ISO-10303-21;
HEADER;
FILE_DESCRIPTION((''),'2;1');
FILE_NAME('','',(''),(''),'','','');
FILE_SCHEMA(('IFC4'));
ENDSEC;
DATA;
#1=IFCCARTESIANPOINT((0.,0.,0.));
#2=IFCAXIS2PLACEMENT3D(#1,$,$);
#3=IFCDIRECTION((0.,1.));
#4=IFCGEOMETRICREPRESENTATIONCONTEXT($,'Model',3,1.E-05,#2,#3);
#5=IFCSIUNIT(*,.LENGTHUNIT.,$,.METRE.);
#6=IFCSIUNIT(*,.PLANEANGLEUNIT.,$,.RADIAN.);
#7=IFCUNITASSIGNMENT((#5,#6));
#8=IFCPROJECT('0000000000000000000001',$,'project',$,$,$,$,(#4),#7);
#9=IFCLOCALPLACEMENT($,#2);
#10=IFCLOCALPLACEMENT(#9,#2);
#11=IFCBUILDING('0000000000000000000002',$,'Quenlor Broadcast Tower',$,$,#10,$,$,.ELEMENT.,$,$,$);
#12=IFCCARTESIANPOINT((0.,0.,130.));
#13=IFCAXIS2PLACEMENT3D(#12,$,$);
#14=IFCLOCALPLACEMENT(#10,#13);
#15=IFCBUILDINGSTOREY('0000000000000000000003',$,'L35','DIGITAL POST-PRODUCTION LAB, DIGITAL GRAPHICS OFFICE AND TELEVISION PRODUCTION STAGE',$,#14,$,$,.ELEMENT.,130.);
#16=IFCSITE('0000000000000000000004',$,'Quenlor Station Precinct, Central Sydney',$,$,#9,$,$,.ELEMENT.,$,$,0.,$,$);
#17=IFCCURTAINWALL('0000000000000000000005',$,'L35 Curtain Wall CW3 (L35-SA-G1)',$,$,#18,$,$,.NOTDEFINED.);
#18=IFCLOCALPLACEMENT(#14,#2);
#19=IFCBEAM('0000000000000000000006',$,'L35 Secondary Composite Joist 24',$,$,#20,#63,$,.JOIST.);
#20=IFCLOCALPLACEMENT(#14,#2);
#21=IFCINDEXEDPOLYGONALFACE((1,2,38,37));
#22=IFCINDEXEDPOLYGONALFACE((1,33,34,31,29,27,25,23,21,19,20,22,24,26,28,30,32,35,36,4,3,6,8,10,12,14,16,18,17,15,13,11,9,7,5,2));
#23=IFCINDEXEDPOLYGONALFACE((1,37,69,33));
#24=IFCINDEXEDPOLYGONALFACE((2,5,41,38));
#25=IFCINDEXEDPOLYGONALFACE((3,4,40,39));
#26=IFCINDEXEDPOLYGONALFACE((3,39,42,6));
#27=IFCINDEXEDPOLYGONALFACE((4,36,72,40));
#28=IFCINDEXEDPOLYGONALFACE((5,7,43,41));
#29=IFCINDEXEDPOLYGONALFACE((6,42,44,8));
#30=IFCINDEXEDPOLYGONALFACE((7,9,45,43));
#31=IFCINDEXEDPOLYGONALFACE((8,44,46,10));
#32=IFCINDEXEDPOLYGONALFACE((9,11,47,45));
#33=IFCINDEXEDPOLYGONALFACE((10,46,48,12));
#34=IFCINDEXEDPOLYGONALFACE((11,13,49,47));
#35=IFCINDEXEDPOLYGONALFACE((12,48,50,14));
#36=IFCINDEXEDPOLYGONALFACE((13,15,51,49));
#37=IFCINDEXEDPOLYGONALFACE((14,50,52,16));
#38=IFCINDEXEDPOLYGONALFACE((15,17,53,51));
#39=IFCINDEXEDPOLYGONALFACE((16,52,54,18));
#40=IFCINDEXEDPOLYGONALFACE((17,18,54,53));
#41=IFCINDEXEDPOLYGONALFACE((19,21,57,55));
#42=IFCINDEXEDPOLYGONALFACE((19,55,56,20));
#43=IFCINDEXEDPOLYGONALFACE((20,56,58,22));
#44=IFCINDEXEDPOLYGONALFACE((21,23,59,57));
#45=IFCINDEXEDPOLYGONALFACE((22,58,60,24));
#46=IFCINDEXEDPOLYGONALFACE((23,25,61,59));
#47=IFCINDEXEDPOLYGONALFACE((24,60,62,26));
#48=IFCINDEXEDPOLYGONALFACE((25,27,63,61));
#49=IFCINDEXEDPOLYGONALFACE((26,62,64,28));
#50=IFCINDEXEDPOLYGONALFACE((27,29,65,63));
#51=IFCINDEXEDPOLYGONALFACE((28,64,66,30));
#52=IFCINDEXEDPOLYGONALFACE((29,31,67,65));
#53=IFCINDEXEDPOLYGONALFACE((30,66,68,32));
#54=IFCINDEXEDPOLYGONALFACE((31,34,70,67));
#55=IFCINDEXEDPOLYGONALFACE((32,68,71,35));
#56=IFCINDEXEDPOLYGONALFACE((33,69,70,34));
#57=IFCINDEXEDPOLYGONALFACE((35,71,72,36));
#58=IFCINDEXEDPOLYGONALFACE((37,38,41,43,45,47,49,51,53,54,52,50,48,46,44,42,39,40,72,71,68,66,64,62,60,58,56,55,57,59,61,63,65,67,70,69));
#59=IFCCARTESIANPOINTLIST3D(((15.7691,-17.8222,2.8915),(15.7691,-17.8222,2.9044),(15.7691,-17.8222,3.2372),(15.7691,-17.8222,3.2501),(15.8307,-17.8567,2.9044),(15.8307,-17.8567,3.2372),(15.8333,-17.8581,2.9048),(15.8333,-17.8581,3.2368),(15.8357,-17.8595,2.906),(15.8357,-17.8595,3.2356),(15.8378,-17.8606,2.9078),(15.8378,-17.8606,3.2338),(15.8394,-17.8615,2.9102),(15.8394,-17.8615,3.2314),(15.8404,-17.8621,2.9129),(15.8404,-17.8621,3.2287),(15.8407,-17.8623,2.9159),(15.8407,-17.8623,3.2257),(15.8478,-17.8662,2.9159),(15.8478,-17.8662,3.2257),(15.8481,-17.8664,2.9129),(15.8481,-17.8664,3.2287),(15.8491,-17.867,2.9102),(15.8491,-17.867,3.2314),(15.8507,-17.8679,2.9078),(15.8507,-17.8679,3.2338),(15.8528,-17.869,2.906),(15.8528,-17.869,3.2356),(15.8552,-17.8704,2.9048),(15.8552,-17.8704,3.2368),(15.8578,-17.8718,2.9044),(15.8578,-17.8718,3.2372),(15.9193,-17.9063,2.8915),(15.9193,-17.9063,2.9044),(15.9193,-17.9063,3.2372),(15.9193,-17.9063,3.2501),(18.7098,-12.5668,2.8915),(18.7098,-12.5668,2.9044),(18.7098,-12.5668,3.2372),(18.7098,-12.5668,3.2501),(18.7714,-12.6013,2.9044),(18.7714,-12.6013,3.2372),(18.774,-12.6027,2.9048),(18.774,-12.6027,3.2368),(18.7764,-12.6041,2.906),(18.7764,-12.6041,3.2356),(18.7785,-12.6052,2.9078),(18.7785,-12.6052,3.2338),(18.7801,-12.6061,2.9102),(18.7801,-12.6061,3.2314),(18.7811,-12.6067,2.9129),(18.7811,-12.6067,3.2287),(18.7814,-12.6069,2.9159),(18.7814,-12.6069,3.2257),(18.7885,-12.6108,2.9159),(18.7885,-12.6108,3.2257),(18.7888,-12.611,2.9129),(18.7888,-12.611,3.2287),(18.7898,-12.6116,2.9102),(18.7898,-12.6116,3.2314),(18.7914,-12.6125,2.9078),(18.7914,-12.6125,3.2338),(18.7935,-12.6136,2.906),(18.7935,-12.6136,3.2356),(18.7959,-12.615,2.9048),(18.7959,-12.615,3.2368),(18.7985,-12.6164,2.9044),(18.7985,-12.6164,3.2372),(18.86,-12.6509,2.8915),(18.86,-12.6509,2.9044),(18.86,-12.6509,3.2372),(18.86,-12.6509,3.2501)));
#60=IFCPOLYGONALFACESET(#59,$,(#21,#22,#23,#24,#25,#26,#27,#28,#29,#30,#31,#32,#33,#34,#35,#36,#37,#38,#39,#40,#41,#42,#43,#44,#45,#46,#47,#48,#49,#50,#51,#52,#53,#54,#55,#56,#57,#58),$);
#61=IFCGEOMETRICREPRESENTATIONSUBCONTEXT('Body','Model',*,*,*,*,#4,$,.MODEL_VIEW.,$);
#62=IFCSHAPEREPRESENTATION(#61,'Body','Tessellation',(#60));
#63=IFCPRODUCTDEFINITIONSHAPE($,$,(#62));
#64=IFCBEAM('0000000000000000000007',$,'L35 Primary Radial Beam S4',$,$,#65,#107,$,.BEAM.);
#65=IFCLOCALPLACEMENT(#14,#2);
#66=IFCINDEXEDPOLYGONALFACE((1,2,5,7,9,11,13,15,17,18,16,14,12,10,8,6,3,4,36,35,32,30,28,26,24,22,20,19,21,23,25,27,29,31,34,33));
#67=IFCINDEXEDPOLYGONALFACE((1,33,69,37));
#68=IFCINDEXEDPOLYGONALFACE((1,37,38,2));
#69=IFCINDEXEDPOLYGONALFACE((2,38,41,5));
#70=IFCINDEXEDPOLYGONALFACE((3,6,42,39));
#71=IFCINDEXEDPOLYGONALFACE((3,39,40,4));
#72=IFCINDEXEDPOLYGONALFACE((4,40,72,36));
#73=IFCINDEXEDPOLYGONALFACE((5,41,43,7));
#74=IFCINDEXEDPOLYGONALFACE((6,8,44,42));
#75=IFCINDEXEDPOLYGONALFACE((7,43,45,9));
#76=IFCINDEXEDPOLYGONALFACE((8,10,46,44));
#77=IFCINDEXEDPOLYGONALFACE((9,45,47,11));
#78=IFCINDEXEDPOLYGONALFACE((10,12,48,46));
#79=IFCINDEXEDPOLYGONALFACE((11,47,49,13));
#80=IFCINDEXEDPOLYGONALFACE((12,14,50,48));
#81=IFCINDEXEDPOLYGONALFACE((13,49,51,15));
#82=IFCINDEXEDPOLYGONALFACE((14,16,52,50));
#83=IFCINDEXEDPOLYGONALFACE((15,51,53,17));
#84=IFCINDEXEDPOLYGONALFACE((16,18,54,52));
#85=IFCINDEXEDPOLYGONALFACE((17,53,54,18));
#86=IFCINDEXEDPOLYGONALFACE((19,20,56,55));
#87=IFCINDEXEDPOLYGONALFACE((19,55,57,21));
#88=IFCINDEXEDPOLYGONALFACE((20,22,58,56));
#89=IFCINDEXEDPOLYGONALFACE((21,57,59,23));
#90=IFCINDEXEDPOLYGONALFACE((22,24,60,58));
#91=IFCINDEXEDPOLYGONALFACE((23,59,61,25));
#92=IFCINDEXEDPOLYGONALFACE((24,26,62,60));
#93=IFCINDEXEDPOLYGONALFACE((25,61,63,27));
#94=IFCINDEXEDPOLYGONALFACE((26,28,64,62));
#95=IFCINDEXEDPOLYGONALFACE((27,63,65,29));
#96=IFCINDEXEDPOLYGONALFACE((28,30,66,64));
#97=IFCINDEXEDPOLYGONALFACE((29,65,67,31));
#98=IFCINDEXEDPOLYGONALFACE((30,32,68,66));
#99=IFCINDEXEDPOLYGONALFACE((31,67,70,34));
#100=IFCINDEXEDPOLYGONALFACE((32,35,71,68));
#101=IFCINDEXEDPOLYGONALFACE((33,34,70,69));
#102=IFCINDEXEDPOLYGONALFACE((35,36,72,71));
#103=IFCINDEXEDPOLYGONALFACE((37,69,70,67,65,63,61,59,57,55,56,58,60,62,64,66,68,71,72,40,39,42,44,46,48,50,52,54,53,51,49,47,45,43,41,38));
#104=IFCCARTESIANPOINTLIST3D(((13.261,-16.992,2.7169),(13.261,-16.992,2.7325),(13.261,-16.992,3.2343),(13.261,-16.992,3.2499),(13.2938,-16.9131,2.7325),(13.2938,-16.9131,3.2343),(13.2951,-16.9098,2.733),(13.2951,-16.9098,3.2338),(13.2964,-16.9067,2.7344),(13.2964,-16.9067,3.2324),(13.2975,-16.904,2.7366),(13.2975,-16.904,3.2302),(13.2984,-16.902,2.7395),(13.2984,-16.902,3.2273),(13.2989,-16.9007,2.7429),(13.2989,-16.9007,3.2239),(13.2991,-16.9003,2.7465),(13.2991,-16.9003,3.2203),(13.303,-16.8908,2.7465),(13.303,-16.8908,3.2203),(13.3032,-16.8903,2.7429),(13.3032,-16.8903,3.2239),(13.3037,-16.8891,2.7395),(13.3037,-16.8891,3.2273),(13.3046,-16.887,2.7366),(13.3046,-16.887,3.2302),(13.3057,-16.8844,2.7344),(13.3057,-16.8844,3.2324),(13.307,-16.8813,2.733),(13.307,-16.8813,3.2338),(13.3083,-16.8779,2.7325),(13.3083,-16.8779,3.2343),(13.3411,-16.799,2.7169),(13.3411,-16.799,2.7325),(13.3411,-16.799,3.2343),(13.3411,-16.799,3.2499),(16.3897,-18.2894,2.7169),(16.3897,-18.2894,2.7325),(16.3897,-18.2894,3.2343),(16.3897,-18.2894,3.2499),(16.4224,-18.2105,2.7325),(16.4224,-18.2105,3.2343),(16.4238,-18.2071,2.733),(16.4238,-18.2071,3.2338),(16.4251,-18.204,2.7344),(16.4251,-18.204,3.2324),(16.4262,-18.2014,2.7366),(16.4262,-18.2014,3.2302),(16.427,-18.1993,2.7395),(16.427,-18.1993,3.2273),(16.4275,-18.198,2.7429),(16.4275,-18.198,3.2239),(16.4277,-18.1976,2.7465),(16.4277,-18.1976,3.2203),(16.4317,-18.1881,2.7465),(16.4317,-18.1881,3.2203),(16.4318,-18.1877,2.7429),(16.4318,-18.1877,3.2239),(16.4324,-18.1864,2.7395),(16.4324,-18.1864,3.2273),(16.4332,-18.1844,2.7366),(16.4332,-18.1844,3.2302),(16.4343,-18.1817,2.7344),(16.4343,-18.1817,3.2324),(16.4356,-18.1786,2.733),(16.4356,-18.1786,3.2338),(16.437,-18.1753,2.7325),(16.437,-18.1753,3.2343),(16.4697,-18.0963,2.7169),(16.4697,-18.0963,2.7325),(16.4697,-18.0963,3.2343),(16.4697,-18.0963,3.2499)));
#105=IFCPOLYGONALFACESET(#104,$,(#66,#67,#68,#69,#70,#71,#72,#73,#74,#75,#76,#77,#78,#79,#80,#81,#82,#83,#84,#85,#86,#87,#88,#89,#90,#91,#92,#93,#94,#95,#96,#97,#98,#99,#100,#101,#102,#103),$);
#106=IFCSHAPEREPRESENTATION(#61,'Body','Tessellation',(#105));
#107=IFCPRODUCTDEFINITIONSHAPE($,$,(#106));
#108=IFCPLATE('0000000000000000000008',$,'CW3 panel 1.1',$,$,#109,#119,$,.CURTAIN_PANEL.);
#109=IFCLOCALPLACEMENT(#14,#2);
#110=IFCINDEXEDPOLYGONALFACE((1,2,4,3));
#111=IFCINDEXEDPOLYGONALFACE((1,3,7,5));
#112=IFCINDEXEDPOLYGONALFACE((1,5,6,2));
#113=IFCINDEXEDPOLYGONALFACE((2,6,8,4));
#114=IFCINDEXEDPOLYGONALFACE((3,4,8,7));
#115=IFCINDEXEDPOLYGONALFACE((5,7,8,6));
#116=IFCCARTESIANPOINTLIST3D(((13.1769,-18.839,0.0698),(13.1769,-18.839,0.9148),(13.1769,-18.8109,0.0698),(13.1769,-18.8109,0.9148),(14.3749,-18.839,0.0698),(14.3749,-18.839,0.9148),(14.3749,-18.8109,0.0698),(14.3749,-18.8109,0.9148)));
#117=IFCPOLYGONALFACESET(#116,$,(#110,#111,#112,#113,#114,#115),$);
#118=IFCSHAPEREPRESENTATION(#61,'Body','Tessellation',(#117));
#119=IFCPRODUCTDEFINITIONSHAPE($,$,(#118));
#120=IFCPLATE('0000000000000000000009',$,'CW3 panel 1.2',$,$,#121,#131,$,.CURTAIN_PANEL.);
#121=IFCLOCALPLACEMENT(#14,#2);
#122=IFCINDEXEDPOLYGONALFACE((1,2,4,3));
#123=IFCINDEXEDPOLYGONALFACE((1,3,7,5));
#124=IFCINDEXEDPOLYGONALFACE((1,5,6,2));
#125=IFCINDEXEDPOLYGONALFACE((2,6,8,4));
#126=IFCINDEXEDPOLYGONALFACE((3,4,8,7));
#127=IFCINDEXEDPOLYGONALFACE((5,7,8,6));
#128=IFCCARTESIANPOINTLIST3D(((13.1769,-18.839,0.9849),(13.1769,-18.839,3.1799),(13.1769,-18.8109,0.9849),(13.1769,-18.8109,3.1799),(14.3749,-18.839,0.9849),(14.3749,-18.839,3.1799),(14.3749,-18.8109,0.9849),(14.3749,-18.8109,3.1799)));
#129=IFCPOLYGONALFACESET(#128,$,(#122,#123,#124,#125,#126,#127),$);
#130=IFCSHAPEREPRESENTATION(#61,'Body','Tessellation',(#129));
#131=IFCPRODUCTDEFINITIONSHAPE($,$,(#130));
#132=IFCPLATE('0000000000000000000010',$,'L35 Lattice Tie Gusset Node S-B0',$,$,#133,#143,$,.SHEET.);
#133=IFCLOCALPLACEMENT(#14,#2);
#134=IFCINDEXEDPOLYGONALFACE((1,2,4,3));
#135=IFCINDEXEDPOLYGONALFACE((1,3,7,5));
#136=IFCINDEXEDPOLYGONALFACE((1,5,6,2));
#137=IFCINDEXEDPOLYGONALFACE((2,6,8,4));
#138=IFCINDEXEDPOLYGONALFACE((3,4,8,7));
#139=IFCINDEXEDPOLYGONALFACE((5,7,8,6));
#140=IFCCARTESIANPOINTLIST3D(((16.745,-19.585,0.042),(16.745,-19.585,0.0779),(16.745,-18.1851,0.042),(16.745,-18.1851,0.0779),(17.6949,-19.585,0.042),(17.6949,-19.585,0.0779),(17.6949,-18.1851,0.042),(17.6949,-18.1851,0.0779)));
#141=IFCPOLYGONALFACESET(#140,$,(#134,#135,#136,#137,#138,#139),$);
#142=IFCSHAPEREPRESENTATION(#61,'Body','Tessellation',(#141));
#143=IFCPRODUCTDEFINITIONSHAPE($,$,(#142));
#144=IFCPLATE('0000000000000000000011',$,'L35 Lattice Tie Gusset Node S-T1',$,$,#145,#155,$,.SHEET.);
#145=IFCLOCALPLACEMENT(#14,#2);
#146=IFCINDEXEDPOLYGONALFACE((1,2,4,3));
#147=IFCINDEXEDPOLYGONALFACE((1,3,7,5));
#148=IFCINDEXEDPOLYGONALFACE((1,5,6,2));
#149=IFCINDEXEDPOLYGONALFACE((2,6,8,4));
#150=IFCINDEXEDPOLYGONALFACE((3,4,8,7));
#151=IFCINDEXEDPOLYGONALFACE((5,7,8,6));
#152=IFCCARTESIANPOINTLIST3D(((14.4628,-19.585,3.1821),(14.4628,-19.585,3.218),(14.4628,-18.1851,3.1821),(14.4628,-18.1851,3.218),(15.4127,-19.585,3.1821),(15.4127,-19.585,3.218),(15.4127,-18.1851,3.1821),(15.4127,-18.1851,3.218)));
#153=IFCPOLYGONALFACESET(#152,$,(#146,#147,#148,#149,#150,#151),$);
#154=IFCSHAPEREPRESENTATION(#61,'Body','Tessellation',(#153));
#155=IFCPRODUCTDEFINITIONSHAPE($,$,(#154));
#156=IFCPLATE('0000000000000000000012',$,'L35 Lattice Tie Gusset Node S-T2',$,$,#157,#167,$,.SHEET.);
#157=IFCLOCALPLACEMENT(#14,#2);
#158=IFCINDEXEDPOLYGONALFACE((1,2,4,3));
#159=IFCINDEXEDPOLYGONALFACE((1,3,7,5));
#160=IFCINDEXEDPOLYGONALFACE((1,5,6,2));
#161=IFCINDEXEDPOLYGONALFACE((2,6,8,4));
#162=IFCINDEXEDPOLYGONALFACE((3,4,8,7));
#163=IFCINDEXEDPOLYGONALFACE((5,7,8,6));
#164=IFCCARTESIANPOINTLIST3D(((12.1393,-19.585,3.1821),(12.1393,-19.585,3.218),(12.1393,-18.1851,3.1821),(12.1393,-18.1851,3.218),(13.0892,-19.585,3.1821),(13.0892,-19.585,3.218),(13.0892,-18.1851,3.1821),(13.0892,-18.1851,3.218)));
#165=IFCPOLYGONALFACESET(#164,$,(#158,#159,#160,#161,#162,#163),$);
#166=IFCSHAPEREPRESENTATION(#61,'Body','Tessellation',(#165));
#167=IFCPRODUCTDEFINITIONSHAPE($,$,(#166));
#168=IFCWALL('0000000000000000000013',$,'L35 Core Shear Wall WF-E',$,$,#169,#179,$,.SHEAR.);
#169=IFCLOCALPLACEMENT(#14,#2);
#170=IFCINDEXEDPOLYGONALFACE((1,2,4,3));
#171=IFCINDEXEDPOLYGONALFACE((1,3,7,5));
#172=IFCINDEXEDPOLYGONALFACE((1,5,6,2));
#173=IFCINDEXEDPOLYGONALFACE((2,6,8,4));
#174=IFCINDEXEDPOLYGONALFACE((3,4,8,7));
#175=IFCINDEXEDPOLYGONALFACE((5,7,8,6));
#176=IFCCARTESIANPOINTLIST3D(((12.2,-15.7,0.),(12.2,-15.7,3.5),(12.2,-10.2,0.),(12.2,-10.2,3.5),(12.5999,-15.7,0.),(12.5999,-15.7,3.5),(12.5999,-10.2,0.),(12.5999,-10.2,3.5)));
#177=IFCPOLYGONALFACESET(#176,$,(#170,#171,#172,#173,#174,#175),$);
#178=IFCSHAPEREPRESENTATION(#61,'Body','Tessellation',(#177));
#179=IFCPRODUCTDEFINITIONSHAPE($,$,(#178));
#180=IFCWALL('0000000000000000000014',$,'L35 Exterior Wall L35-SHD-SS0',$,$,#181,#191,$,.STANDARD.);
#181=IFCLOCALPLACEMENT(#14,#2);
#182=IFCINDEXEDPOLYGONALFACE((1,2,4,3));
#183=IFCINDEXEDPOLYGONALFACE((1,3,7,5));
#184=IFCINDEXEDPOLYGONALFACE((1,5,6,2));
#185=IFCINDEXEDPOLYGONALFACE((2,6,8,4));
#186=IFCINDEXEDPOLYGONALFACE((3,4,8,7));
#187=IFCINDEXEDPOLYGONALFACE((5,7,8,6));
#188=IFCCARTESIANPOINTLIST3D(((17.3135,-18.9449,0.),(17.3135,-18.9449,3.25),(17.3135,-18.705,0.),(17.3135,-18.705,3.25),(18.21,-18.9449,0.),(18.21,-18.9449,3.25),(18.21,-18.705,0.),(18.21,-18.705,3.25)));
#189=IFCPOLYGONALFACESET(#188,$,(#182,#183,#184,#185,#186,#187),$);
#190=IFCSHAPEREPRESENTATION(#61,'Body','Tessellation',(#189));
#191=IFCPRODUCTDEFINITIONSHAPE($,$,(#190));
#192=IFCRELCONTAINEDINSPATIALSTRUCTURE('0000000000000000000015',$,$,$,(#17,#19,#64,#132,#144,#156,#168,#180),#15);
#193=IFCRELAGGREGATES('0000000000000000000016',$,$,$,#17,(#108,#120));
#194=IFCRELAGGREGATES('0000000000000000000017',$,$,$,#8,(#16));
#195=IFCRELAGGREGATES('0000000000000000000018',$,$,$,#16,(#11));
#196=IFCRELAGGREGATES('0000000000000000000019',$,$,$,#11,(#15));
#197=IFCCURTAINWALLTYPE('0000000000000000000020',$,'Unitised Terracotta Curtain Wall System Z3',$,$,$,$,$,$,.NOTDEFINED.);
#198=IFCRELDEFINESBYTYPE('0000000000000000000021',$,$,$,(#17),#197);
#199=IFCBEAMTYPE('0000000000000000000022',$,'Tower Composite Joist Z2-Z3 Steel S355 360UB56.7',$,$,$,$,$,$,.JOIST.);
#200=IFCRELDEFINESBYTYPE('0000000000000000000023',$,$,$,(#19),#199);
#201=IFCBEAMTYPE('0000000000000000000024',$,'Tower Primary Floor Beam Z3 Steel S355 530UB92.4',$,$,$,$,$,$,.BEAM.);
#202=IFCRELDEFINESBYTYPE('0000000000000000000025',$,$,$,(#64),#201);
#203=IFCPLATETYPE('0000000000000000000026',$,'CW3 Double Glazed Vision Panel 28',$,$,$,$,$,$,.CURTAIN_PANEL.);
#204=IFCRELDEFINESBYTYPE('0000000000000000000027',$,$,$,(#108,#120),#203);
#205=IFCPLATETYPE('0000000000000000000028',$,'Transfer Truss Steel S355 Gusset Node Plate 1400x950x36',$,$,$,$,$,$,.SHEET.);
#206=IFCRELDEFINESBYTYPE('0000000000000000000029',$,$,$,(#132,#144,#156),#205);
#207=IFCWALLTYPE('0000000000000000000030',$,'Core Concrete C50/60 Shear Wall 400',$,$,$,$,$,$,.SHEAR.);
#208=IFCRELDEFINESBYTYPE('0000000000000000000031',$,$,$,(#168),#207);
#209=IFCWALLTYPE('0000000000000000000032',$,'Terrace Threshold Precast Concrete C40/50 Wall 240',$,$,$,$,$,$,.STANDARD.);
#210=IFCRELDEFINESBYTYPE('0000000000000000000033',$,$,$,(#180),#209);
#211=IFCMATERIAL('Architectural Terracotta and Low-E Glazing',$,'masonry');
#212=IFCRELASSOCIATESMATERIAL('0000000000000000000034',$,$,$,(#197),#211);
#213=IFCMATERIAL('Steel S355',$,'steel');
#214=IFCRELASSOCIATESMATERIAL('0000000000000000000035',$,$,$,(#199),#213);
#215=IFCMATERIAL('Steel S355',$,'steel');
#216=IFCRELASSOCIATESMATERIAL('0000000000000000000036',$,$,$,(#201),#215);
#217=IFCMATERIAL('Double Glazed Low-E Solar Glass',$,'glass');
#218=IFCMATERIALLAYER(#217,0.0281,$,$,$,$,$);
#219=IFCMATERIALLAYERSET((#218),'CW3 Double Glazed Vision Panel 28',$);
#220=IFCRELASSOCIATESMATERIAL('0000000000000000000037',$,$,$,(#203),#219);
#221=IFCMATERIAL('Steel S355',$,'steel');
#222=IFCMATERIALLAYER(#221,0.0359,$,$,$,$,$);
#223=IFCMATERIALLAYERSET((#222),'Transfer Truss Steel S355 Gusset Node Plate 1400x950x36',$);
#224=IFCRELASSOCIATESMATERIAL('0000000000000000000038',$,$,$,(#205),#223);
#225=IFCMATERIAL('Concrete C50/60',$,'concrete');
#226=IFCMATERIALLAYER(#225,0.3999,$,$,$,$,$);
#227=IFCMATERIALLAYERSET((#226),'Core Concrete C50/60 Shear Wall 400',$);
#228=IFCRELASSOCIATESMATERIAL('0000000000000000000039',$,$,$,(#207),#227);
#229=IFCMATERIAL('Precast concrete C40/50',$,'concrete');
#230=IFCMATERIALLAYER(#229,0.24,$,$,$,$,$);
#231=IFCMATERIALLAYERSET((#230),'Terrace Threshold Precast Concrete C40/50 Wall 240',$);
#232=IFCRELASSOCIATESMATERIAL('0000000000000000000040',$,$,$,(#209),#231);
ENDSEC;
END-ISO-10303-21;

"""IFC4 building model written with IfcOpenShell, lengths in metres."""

from ifc_helpers import new_model, si_unit, direction, frame, frame_2d, origin, origin_2d, place, context, subcontext, project, spatial, rectangle, i_section, extrude, material, layer, layer_set, material_profile, profile_set, type_object, element, aggregate, save


model = new_model("IFC4")

# Units and contexts
model_context = context("Model", 3, precision=1e-05, world=origin(), true_north=direction((0.0, 1.0)))
body_context = subcontext(model_context, "Body", "Model", "MODEL_VIEW")
ifc_project = project(units=[si_unit("LENGTHUNIT", "METRE"), si_unit("PLANEANGLEUNIT", "RADIAN")], contexts=[model_context])

# Site, building, storey
site_placement = place(None, origin())
site = spatial("IfcSite", under=ifc_project, at=site_placement, Name="Quenlor Station Precinct, Central Sydney", CompositionType="ELEMENT", RefElevation=0.0)
building_placement = place(site_placement, origin())
building = spatial("IfcBuilding", under=site, at=building_placement, Name="Quenlor Broadcast Tower", CompositionType="ELEMENT")
storey_placement = place(building_placement, frame((0.0, 0.0, 130.0)))
storey = spatial("IfcBuildingStorey", under=building, at=storey_placement, Name="L35", Description="DIGITAL POST-PRODUCTION LAB, DIGITAL GRAPHICS OFFICE AND TELEVISION PRODUCTION STAGE", CompositionType="ELEMENT", Elevation=130.0)

# Curtain wall
ifc_material_1 = material(Name="Architectural Terracotta and Low-E Glazing", Category="masonry")
curtain_wall_type = type_object("IfcCurtainWallType", Name="Unitised Terracotta Curtain Wall System Z3", PredefinedType="NOTDEFINED", material=ifc_material_1)
curtain_wall_placement = place(storey_placement, origin())
curtain_wall = element("IfcCurtainWall", 1, at=curtain_wall_placement, inside=storey, type_object=curtain_wall_type, Name="L35 Curtain Wall CW3 (L35-SA-G1)", PredefinedType="NOTDEFINED")

# Beams
ifc_material_2 = material(Name="Steel S355", Category="steel")
ifc_material_profile_1 = material_profile(ifc_material_2, i_section(OverallWidth=0.1721, OverallDepth=0.3586, WebThickness=0.0081, FlangeThickness=0.0129, FilletRadius=0.0115, at=origin_2d()))
ifc_profile_set_1 = profile_set([ifc_material_profile_1], Name="Steel S355 360UB56.7")
beam_type_1 = type_object("IfcBeamType", Name="Tower Composite Joist Z2-Z3 Steel S355 360UB56.7", PredefinedType="JOIST", material=ifc_profile_set_1)
beam_1_placement = place(storey_placement, frame((15.8442, -17.8643, 3.0708), z_axis=(0.488308, 0.872671, 0.0), x_axis=(-0.872671, 0.488308, 0.0)))
element("IfcBeam", 2, at=beam_1_placement, inside=storey, type_object=beam_type_1, Name="L35 Secondary Composite Joist 24", PredefinedType="JOIST", context=body_context, shape_type="SweptSolid", body=[
    extrude(i_section(OverallWidth=0.1721, OverallDepth=0.3586, WebThickness=0.0081, FlangeThickness=0.0129, FilletRadius=0.0115, at=origin_2d()), origin(), (0.0, 0.0, 1.0), 6.0222),
])
ifc_material_3 = material(Name="Steel S355", Category="steel")
ifc_material_profile_2 = material_profile(ifc_material_3, i_section(OverallWidth=0.209, OverallDepth=0.533, WebThickness=0.0103, FlangeThickness=0.0156, FilletRadius=0.0139, at=origin_2d()))
ifc_profile_set_2 = profile_set([ifc_material_profile_2], Name="Steel S355 530UB92.4")
beam_type_2 = type_object("IfcBeamType", Name="Tower Primary Floor Beam Z3 Steel S355 530UB92.4", PredefinedType="BEAM", material=ifc_profile_set_2)
beam_2_placement = place(storey_placement, frame((16.4297, -18.1929, 2.9834), z_axis=(-0.92373, 0.383044, 0.0), x_axis=(-0.383044, -0.92373, 0.0)))
element("IfcBeam", 3, at=beam_2_placement, inside=storey, type_object=beam_type_2, Name="L35 Primary Radial Beam S4", PredefinedType="BEAM", context=body_context, shape_type="SweptSolid", body=[
    extrude(i_section(OverallWidth=0.209, OverallDepth=0.533, WebThickness=0.0103, FlangeThickness=0.0156, FilletRadius=0.0139, at=origin_2d()), origin(), (0.0, 0.0, 1.0), 3.387),
])

# Plates
ifc_material_4 = material(Name="Double Glazed Low-E Solar Glass", Category="glass")
ifc_layer_1 = layer(ifc_material_4, 0.0281)
ifc_layer_set_1 = layer_set([ifc_layer_1], Name="CW3 Double Glazed Vision Panel 28")
plate_type_1 = type_object("IfcPlateType", Name="CW3 Double Glazed Vision Panel 28", PredefinedType="CURTAIN_PANEL", material=ifc_layer_set_1)
plate_1_placement = place(storey_placement, frame((13.7759, -18.825, 0.0698), z_axis=(0.0, 0.0, 1.0), x_axis=(-1.0, 0.0, 0.0)))
plate_1 = element("IfcPlate", 4, at=plate_1_placement, type_object=plate_type_1, Name="CW3 panel 1.1", PredefinedType="CURTAIN_PANEL", context=body_context, shape_type="SweptSolid", body=[
    extrude(rectangle(XDim=1.198, YDim=0.0281, at=origin_2d()), origin(), (0.0, 0.0, 1.0), 0.845),
])
plate_2_placement = place(storey_placement, frame((13.7759, -18.825, 0.9849), z_axis=(0.0, 0.0, 1.0), x_axis=(-1.0, 0.0, 0.0)))
plate_2 = element("IfcPlate", 5, at=plate_2_placement, type_object=plate_type_1, Name="CW3 panel 1.2", PredefinedType="CURTAIN_PANEL", context=body_context, shape_type="SweptSolid", body=[
    extrude(rectangle(XDim=1.198, YDim=0.0281, at=origin_2d()), origin(), (0.0, 0.0, 1.0), 2.1951),
])
aggregate(curtain_wall, [plate_1, plate_2])

# Plates
ifc_material_5 = material(Name="Steel S355", Category="steel")
ifc_layer_2 = layer(ifc_material_5, 0.0359)
ifc_layer_set_2 = layer_set([ifc_layer_2], Name="Transfer Truss Steel S355 Gusset Node Plate 1400x950x36")
plate_type_2 = type_object("IfcPlateType", Name="Transfer Truss Steel S355 Gusset Node Plate 1400x950x36", PredefinedType="SHEET", material=ifc_layer_set_2)
for number, where, z_axis, x_axis, name in (
    (6, (17.22, -18.885, 0.042), (0.0, 0.0, 1.0), (0.0, -1.0, 0.0), "L35 Lattice Tie Gusset Node S-B0"),
    (7, (14.9377, -18.885, 3.1821), (0.0, 0.0, 1.0), (0.0, -1.0, 0.0), "L35 Lattice Tie Gusset Node S-T1"),
    (8, (12.6143, -18.885, 3.1821), (0.0, 0.0, 1.0), (0.0, -1.0, 0.0), "L35 Lattice Tie Gusset Node S-T2"),
):
    element("IfcPlate", number, at=place(storey_placement, frame(where, z_axis=z_axis, x_axis=x_axis)), inside=storey, type_object=plate_type_2, Name=name, PredefinedType="SHEET", context=body_context, shape_type="SweptSolid", body=[
        extrude(rectangle(XDim=1.3999, YDim=0.95, at=origin_2d()), origin(), (0.0, 0.0, 1.0), 0.0359),
    ])

# Walls
ifc_material_6 = material(Name="Concrete C50/60", Category="concrete")
ifc_layer_3 = layer(ifc_material_6, 0.3999)
ifc_layer_set_3 = layer_set([ifc_layer_3], Name="Core Concrete C50/60 Shear Wall 400")
wall_type_1 = type_object("IfcWallType", Name="Core Concrete C50/60 Shear Wall 400", PredefinedType="SHEAR", material=ifc_layer_set_3)
wall_1_placement = place(storey_placement, frame((12.3999, -15.7, 0.0), z_axis=(0.0, 0.0, 1.0), x_axis=(0.0, 1.0, 0.0)))
element("IfcWall", 9, at=wall_1_placement, inside=storey, type_object=wall_type_1, Name="L35 Core Shear Wall WF-E", PredefinedType="SHEAR", context=body_context, shape_type="SweptSolid", body=[
    extrude(rectangle(XDim=5.5, YDim=0.3999, at=frame_2d((2.75, 0.0))), origin(), (0.0, 0.0, 1.0), 3.5),
])
ifc_material_7 = material(Name="Precast concrete C40/50", Category="concrete")
ifc_layer_4 = layer(ifc_material_7, 0.24)
ifc_layer_set_4 = layer_set([ifc_layer_4], Name="Terrace Threshold Precast Concrete C40/50 Wall 240")
wall_type_2 = type_object("IfcWallType", Name="Terrace Threshold Precast Concrete C40/50 Wall 240", PredefinedType="STANDARD", material=ifc_layer_set_4)
wall_2_placement = place(storey_placement, frame((18.21, -18.825, 0.0), z_axis=(0.0, 0.0, 1.0), x_axis=(-1.0, 0.0, 0.0)))
element("IfcWall", 10, at=wall_2_placement, inside=storey, type_object=wall_type_2, Name="L35 Exterior Wall L35-SHD-SS0", PredefinedType="STANDARD", context=body_context, shape_type="SweptSolid", body=[
    extrude(rectangle(XDim=0.8965, YDim=0.24, at=frame_2d((0.4482, 0.0))), origin(), (0.0, 0.0, 1.0), 3.25),
])

save(model, "model.ifc")
